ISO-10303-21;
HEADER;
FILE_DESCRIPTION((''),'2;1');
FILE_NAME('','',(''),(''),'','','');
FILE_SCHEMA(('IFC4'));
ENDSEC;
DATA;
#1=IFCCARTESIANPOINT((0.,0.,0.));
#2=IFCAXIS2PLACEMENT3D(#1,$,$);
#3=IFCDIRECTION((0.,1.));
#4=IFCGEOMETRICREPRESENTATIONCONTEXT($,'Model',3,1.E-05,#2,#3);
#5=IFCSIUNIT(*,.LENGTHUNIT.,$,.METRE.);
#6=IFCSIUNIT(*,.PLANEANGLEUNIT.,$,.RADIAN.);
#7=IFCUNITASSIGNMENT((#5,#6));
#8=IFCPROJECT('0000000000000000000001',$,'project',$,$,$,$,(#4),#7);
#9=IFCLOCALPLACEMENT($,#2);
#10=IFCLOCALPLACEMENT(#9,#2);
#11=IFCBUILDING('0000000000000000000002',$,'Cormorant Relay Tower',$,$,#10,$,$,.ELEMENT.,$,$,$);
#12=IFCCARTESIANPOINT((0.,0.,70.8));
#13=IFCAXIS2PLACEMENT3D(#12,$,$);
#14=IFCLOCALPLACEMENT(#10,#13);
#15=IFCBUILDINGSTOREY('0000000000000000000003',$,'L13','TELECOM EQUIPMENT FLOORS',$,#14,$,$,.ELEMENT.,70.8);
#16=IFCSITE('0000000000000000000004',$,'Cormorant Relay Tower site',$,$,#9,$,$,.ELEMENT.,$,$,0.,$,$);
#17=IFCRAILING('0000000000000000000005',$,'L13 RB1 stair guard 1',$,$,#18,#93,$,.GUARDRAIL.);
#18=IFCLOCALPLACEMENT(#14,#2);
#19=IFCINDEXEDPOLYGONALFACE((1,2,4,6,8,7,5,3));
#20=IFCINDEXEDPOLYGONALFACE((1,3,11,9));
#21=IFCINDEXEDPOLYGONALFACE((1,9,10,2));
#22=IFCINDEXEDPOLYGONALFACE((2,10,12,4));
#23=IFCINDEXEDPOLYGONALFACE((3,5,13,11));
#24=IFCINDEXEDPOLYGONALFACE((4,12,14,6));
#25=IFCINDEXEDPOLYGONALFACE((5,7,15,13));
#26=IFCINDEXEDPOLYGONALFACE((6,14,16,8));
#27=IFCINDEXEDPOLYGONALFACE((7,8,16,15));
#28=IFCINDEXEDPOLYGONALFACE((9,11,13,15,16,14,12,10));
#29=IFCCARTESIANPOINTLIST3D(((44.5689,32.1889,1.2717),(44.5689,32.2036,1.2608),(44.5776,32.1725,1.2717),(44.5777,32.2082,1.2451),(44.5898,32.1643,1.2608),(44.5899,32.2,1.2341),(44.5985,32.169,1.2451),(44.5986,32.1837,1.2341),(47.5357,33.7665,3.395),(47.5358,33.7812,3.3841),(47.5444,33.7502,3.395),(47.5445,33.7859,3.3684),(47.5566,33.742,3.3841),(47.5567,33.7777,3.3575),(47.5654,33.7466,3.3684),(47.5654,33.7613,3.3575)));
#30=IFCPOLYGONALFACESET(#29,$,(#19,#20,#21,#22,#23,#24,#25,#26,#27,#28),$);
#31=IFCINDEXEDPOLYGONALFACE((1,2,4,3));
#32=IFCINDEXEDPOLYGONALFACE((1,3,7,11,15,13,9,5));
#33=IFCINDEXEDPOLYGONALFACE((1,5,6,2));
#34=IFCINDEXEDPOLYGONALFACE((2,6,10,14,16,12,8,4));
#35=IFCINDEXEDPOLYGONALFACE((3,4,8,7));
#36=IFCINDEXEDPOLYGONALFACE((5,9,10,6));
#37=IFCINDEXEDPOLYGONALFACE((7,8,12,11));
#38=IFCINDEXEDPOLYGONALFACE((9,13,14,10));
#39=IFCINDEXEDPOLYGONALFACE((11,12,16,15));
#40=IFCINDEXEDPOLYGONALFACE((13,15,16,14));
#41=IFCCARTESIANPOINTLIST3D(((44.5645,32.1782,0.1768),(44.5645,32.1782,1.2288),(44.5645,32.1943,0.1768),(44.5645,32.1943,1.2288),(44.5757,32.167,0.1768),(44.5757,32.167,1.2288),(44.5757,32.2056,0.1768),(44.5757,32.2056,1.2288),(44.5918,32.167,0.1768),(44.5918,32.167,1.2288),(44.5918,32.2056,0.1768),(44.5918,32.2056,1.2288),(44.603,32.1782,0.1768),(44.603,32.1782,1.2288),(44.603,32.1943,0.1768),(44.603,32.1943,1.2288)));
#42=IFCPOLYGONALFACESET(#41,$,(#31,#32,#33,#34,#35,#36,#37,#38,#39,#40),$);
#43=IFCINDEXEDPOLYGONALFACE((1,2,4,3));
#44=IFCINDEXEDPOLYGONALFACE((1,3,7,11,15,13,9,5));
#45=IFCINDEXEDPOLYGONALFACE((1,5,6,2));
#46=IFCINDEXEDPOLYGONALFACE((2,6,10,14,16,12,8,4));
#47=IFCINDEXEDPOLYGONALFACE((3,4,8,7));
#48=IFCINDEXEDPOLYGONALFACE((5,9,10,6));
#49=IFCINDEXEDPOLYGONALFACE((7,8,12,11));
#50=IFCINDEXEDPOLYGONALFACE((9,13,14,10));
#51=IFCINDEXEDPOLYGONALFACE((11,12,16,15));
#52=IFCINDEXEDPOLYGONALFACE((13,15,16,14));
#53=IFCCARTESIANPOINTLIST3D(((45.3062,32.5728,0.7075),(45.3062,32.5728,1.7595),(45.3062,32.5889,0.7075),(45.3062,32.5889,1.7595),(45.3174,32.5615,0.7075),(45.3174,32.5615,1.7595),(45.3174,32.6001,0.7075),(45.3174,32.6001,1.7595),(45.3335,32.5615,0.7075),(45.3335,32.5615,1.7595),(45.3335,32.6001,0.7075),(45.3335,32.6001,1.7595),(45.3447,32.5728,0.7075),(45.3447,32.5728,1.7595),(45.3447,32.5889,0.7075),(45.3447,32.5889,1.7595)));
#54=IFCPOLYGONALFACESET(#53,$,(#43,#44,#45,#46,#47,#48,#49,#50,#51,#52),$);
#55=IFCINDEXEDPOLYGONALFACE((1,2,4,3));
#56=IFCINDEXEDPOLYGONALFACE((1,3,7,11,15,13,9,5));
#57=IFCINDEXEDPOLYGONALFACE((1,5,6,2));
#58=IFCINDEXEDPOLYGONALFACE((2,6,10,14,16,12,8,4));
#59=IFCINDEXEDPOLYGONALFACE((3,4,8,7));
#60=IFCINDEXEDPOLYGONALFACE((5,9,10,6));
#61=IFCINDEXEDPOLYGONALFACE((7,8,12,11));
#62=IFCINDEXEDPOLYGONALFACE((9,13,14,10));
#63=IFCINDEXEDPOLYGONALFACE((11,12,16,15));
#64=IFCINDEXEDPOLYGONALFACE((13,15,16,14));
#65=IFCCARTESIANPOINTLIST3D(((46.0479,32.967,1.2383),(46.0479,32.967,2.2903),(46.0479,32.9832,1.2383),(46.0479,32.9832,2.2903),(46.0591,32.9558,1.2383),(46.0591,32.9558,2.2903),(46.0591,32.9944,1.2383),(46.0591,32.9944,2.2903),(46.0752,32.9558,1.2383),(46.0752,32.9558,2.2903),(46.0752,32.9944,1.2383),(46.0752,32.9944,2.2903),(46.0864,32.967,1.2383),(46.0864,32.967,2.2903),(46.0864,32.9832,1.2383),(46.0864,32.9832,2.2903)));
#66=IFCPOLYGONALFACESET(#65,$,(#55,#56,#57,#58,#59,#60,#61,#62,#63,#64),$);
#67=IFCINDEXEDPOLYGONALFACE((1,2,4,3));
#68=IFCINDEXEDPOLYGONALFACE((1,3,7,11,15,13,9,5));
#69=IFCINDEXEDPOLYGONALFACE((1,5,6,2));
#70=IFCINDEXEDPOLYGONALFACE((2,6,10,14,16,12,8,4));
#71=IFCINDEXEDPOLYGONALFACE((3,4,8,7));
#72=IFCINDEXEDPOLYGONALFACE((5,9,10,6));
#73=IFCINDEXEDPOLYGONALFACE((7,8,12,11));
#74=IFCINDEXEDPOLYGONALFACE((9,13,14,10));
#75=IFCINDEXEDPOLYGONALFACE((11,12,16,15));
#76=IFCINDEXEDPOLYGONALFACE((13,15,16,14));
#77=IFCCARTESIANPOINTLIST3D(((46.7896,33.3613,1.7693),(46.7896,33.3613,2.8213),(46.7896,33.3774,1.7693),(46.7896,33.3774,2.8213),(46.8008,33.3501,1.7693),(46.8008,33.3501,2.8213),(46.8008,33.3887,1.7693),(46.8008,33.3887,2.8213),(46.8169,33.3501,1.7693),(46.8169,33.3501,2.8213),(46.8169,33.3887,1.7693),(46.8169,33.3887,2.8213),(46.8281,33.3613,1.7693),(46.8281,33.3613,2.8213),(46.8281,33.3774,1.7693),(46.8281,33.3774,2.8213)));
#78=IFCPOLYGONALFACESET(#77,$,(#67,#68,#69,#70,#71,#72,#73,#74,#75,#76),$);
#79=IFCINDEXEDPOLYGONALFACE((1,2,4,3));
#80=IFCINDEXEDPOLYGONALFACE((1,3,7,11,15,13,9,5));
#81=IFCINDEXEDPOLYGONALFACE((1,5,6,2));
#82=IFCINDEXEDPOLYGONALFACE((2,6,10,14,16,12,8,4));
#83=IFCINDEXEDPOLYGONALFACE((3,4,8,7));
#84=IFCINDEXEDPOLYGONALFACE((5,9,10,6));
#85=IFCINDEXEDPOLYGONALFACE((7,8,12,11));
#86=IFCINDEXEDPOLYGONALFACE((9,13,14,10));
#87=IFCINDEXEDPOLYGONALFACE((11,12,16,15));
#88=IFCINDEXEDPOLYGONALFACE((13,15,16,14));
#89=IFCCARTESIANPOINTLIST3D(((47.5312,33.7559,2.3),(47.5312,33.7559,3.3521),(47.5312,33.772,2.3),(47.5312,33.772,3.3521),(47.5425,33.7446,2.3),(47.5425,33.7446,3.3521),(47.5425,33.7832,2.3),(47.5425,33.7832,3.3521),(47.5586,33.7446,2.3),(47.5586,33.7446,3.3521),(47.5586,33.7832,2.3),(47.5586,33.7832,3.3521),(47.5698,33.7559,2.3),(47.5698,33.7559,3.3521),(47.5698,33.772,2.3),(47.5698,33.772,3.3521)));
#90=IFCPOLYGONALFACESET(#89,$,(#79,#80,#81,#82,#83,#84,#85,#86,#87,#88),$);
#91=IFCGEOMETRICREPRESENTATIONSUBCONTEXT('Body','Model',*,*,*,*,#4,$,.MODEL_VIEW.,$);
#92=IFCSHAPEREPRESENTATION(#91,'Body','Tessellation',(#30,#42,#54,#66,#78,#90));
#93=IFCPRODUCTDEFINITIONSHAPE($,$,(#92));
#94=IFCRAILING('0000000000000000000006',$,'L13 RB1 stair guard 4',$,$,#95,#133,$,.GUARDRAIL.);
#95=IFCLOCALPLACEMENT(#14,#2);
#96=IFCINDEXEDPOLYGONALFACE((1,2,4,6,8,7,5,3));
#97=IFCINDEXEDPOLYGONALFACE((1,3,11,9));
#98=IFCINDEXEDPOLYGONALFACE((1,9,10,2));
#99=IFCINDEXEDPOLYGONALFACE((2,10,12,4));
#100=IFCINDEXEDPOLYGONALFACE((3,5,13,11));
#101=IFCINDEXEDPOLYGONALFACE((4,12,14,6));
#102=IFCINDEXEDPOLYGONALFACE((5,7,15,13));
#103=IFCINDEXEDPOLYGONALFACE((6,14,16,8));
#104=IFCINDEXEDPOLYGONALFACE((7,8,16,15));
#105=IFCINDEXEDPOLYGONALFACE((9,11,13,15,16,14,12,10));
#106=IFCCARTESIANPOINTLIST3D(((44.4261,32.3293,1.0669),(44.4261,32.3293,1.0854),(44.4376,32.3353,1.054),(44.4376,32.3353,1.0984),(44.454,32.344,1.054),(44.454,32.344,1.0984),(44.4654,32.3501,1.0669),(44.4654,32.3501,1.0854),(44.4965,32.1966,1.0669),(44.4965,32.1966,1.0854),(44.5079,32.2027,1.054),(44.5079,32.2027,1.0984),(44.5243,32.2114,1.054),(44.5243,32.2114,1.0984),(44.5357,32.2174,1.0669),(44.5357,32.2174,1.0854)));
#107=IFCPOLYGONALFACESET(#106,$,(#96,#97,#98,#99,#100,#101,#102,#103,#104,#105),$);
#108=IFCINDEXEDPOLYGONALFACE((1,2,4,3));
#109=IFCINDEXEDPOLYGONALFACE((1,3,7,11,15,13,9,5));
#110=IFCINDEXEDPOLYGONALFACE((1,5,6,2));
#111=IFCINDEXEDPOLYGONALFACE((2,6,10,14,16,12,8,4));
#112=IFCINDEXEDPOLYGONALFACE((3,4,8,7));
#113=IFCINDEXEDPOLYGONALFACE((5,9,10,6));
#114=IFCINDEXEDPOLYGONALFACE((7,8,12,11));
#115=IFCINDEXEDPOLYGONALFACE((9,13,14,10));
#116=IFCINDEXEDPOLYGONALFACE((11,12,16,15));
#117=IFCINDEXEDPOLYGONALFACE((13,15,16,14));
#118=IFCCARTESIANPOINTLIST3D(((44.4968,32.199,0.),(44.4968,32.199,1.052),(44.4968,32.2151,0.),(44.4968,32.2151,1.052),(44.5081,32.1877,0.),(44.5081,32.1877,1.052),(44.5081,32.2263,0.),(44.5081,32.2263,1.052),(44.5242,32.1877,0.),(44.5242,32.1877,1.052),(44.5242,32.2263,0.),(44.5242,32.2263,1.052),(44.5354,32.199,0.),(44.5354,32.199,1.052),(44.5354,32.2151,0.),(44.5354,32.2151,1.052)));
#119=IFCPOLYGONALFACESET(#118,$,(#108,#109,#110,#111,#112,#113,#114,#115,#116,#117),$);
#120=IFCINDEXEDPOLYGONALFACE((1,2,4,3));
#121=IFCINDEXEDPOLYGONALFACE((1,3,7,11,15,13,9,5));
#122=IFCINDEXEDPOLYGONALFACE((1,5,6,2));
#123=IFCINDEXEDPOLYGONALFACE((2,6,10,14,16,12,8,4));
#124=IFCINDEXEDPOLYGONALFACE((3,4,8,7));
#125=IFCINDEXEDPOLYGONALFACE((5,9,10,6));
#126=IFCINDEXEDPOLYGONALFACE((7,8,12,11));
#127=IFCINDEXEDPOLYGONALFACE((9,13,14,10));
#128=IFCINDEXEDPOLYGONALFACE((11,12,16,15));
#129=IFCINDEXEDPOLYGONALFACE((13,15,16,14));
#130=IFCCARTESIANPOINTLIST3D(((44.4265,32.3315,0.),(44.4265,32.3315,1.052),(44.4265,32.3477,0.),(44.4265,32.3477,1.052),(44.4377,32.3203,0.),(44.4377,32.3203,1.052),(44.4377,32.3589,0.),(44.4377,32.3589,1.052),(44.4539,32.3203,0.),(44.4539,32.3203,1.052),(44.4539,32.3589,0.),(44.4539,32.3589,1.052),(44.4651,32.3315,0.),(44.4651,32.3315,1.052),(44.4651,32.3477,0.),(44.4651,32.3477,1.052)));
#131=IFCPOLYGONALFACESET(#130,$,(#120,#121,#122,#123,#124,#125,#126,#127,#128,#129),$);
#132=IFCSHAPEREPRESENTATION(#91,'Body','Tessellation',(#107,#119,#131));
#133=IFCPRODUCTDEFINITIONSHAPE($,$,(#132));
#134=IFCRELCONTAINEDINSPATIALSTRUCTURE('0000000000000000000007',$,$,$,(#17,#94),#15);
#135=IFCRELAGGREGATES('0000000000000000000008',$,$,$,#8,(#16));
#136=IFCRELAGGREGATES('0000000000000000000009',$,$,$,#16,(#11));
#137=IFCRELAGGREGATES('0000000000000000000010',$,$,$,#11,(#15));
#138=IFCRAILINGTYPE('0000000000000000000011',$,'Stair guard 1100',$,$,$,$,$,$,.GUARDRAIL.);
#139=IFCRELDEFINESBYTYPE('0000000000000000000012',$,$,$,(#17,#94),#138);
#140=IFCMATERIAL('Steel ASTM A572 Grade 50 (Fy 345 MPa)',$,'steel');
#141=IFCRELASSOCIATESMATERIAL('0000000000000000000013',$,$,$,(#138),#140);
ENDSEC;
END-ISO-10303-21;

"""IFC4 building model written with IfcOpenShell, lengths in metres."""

from ifc_helpers import new_model, si_unit, direction, frame, origin, place, context, subcontext, project, spatial, polyline, outline, extrude, material, type_object, element, save


model = new_model("IFC4")

# Units and contexts
model_context = context("Model", 3, precision=1e-05, world=origin(), true_north=direction((0.0, 1.0)))
body_context = subcontext(model_context, "Body", "Model", "MODEL_VIEW")
ifc_project = project(units=[si_unit("LENGTHUNIT", "METRE"), si_unit("PLANEANGLEUNIT", "RADIAN")], contexts=[model_context])

# Site, building, storey
site_placement = place(None, origin())
site = spatial("IfcSite", under=ifc_project, at=site_placement, Name="Cormorant Relay Tower site", CompositionType="ELEMENT", RefElevation=0.0)
building_placement = place(site_placement, origin())
building = spatial("IfcBuilding", under=site, at=building_placement, Name="Cormorant Relay Tower", CompositionType="ELEMENT")
storey_placement = place(building_placement, frame((0.0, 0.0, 70.8)))
storey = spatial("IfcBuildingStorey", under=building, at=storey_placement, Name="L13", Description="TELECOM EQUIPMENT FLOORS", CompositionType="ELEMENT", Elevation=70.8)

# Railings
ifc_material_1 = material(Name="Steel ASTM A572 Grade 50 (Fy 345 MPa)", Category="steel")
railing_type_1 = type_object("IfcRailingType", Name="Stair guard 1100", PredefinedType="GUARDRAIL", material=ifc_material_1)
railing_1_placement = place(storey_placement, frame((44.5837, 32.1863, 0.1768)))
element("IfcRailing", 1, at=railing_1_placement, inside=storey, type_object=railing_type_1, Name="L13 RB1 stair guard 1", PredefinedType="GUARDRAIL", context=body_context, shape_type="SweptSolid", body=[
    extrude(outline(polyline([(0.0222, 0.0093), (0.0093, 0.0222), (-0.0093, 0.0222), (-0.0222, 0.0093), (-0.0222, -0.0093), (-0.0093, -0.0222), (0.0093, -0.0222), (0.0222, -0.0093), (0.0222, 0.0093)])), frame((0.0, 0.0, 1.0762), z_axis=(0.746398, 0.396908, 0.534186), x_axis=(-0.469509, 0.882928, 0.0)), (0.0, 0.0, 1.0), 3.9749),
    extrude(outline(polyline([(0.0193, 0.0081), (0.0081, 0.0193), (-0.0081, 0.0193), (-0.0193, 0.0081), (-0.0193, -0.0081), (-0.0081, -0.0193), (0.0081, -0.0193), (0.0193, -0.0081), (0.0193, 0.0081)])), origin(), (0.0, 0.0, 1.0), 1.052),
    extrude(outline(polyline([(0.0193, 0.0081), (0.0081, 0.0193), (-0.0081, 0.0193), (-0.0193, 0.0081), (-0.0193, -0.0081), (-0.0081, -0.0193), (0.0081, -0.0193), (0.0193, -0.0081), (0.0193, 0.0081)])), frame((0.7417, 0.3945, 0.5308)), (0.0, 0.0, 1.0), 1.052),
    extrude(outline(polyline([(0.0193, 0.0081), (0.0081, 0.0193), (-0.0081, 0.0193), (-0.0193, 0.0081), (-0.0193, -0.0081), (-0.0081, -0.0193), (0.0081, -0.0193), (0.0193, -0.0081), (0.0193, 0.0081)])), frame((1.4834, 0.7888, 1.0615)), (0.0, 0.0, 1.0), 1.052),
    extrude(outline(polyline([(0.0193, 0.0081), (0.0081, 0.0193), (-0.0081, 0.0193), (-0.0193, 0.0081), (-0.0193, -0.0081), (-0.0081, -0.0193), (0.0081, -0.0193), (0.0193, -0.0081), (0.0193, 0.0081)])), frame((2.2251, 1.1831, 1.5925)), (0.0, 0.0, 1.0), 1.052),
    extrude(outline(polyline([(0.0193, 0.0081), (0.0081, 0.0193), (-0.0081, 0.0193), (-0.0193, 0.0081), (-0.0193, -0.0081), (-0.0081, -0.0193), (0.0081, -0.0193), (0.0193, -0.0081), (0.0193, 0.0081)])), frame((2.9668, 1.5776, 2.1233)), (0.0, 0.0, 1.0), 1.052),
])
railing_2_placement = place(storey_placement, frame((44.5161, 32.207, 0.0)))
element("IfcRailing", 2, at=railing_2_placement, inside=storey, type_object=railing_type_1, Name="L13 RB1 stair guard 4", PredefinedType="GUARDRAIL", context=body_context, shape_type="SweptSolid", body=[
    extrude(outline(polyline([(0.0222, 0.0093), (0.0093, 0.0222), (-0.0093, 0.0222), (-0.0222, 0.0093), (-0.0222, -0.0093), (-0.0093, -0.0222), (0.0093, -0.0222), (0.0222, -0.0093), (0.0222, 0.0093)])), frame((0.0, 0.0, 1.0762), z_axis=(-0.46856, 0.883431, 0.0), x_axis=(-0.883431, -0.46856, 0.0)), (0.0, 0.0, 1.0), 0.1501),
    extrude(outline(polyline([(0.0193, 0.0081), (0.0081, 0.0193), (-0.0081, 0.0193), (-0.0193, 0.0081), (-0.0193, -0.0081), (-0.0081, -0.0193), (0.0081, -0.0193), (0.0193, -0.0081), (0.0193, 0.0081)])), origin(), (0.0, 0.0, 1.0), 1.052),
    extrude(outline(polyline([(0.0193, 0.0081), (0.0081, 0.0193), (-0.0081, 0.0193), (-0.0193, 0.0081), (-0.0193, -0.0081), (-0.0081, -0.0193), (0.0081, -0.0193), (0.0193, -0.0081), (0.0193, 0.0081)])), frame((-0.0703, 0.1326, 0.0)), (0.0, 0.0, 1.0), 1.052),
])

save(model, "model.ifc")
